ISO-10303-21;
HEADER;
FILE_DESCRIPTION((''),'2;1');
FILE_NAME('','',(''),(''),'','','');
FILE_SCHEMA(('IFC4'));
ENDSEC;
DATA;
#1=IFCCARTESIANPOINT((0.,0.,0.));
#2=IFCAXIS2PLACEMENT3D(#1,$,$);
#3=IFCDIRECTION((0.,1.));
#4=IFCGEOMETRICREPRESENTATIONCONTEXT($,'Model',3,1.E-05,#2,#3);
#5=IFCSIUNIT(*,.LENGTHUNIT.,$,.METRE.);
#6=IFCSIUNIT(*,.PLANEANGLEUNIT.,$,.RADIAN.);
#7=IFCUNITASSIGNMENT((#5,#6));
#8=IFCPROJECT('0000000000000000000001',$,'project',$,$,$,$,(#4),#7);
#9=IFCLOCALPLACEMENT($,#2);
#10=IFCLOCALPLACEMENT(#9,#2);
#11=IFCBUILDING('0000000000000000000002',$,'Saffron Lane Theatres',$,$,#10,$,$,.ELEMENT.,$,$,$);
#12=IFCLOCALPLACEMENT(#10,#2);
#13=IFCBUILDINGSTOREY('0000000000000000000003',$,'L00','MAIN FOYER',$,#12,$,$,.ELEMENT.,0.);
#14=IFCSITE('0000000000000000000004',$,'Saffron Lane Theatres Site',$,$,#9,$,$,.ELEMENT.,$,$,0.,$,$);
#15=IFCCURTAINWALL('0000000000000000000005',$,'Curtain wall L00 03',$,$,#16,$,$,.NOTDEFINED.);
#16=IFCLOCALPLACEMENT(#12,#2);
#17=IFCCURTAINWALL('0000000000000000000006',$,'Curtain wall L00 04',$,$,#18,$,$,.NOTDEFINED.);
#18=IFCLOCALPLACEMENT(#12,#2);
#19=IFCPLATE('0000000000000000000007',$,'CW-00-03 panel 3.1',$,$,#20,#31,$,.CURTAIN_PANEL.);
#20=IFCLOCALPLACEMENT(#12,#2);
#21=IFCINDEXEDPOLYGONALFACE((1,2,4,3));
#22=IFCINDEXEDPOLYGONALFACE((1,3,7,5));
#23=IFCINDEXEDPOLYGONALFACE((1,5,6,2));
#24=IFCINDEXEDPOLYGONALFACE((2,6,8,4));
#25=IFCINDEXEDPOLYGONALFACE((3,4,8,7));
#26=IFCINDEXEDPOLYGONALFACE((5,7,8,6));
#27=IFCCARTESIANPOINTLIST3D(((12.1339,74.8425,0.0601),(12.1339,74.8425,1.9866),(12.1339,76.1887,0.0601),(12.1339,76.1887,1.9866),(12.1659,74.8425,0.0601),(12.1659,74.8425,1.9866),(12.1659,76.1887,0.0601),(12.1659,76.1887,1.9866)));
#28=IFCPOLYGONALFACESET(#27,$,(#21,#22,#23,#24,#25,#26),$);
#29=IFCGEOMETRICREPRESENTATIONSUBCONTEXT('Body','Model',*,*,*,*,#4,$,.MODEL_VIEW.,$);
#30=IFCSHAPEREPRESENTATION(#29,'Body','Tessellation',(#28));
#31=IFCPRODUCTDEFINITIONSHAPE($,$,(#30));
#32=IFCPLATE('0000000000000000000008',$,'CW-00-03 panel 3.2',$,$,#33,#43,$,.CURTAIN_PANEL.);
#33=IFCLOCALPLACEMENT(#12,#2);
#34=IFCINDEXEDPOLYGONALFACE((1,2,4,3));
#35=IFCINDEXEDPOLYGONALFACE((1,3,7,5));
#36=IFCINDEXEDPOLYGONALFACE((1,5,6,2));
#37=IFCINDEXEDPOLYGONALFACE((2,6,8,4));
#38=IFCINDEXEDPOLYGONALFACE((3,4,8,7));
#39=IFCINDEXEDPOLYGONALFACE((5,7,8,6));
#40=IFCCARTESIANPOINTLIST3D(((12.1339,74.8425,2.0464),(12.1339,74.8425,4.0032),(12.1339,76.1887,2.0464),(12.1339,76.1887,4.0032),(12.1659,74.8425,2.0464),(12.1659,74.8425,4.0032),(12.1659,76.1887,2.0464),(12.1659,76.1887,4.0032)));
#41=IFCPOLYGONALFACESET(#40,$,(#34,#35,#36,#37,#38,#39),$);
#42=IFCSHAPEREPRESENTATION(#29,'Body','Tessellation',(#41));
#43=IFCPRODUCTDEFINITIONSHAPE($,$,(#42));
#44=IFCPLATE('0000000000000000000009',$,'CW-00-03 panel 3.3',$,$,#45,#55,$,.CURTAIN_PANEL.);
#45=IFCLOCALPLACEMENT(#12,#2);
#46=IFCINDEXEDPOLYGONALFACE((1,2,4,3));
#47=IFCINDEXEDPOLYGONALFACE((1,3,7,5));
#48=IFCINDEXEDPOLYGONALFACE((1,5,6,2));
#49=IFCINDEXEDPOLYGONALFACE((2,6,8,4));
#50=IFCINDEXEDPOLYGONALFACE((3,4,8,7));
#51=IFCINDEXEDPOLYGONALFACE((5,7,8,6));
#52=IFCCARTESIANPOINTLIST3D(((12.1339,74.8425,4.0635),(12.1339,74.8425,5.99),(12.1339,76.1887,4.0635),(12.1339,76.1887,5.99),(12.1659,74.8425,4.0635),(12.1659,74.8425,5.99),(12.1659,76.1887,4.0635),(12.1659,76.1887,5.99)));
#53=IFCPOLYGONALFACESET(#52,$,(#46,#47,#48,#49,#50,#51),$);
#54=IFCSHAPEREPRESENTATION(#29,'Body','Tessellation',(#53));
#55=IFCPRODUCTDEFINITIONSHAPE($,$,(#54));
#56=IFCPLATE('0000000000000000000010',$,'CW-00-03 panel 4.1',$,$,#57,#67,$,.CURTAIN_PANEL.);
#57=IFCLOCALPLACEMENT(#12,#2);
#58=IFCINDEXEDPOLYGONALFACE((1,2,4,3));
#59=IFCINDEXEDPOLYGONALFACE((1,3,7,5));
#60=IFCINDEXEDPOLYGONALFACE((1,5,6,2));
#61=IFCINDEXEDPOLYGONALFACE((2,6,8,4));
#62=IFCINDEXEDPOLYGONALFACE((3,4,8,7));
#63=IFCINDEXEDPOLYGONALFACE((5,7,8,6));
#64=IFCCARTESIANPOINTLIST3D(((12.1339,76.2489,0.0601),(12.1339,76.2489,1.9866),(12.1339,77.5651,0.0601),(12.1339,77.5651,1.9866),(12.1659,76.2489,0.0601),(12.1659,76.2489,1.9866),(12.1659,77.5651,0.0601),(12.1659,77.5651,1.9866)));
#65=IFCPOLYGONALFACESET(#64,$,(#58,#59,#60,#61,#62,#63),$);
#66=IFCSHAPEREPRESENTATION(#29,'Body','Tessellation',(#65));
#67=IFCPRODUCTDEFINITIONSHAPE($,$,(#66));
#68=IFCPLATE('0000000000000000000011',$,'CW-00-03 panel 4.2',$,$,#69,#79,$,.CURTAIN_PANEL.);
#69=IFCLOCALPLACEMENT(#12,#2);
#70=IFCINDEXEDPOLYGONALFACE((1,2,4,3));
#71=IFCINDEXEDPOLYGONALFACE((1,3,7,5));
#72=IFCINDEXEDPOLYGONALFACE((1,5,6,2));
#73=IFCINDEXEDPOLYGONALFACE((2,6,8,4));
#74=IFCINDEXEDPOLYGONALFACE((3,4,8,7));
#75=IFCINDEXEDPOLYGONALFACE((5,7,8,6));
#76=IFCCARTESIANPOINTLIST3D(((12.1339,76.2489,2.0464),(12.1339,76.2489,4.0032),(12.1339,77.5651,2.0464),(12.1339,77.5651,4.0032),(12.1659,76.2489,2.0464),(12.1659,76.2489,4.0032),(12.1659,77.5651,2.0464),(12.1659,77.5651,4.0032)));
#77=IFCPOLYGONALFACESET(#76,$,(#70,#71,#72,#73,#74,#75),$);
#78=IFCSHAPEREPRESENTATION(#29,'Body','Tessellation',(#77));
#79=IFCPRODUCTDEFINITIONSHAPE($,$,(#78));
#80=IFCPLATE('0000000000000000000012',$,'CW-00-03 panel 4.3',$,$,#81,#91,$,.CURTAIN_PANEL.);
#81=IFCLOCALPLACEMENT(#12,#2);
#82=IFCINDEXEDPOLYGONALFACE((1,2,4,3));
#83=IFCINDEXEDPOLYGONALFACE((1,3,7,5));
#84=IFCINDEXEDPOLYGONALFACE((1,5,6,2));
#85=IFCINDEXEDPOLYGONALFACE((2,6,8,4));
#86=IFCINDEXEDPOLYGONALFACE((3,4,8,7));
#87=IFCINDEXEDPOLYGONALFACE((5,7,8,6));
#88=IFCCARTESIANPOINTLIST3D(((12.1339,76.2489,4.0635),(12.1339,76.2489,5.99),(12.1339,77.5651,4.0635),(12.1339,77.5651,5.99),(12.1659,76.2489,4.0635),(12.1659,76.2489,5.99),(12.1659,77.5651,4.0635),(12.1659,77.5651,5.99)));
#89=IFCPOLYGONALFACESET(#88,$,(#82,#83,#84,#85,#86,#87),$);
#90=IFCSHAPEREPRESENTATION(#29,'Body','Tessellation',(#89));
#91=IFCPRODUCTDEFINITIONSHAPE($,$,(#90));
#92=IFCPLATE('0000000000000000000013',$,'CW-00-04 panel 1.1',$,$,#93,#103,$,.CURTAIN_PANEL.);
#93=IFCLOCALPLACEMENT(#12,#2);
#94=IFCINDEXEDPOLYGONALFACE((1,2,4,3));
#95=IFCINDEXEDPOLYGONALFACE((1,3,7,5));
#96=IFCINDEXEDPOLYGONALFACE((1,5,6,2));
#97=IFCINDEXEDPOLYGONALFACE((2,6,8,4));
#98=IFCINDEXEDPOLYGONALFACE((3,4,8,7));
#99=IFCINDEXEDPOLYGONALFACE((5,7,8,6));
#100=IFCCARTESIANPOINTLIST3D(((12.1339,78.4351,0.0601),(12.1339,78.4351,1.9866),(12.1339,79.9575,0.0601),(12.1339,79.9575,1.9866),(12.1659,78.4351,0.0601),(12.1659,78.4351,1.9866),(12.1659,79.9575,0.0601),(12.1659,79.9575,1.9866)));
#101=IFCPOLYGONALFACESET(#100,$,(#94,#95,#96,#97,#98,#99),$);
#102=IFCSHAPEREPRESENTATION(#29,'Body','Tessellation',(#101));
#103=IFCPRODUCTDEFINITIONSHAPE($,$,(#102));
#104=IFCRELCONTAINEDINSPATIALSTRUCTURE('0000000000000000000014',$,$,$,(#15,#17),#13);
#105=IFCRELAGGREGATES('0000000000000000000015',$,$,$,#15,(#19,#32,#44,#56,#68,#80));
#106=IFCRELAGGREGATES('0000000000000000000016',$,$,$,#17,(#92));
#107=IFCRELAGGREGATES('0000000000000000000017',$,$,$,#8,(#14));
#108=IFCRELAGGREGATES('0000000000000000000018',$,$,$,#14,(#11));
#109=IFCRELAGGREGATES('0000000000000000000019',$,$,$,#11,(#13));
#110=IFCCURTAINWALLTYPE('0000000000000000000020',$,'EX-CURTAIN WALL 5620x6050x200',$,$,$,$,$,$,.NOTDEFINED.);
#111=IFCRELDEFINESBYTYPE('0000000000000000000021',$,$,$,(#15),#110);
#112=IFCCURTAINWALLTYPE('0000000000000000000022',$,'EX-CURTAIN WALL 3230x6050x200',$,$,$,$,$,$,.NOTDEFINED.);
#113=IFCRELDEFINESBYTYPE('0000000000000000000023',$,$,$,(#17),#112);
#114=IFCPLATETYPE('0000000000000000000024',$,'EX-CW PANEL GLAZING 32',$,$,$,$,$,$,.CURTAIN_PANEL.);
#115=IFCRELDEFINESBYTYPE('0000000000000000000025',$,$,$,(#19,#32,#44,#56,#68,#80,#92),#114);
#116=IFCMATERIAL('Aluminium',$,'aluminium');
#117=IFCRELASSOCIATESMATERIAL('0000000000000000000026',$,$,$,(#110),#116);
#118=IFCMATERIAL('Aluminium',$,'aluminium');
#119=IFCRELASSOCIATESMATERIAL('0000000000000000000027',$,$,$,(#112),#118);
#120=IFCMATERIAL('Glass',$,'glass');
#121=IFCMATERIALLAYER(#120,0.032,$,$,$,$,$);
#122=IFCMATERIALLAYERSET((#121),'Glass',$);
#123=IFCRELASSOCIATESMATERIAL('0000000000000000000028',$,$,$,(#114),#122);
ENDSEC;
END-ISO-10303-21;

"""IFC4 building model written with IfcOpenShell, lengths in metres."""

from ifc_helpers import new_model, si_unit, direction, frame, origin, origin_2d, place, context, subcontext, project, spatial, rectangle, extrude, material, layer, layer_set, type_object, element, aggregate, save


model = new_model("IFC4")

# Units and contexts
model_context = context("Model", 3, precision=1e-05, world=origin(), true_north=direction((0.0, 1.0)))
body_context = subcontext(model_context, "Body", "Model", "MODEL_VIEW")
ifc_project = project(units=[si_unit("LENGTHUNIT", "METRE"), si_unit("PLANEANGLEUNIT", "RADIAN")], contexts=[model_context])

# Site, building, storey
site_placement = place(None, origin())
site = spatial("IfcSite", under=ifc_project, at=site_placement, Name="Saffron Lane Theatres Site", CompositionType="ELEMENT", RefElevation=0.0)
building_placement = place(site_placement, origin())
building = spatial("IfcBuilding", under=site, at=building_placement, Name="Saffron Lane Theatres", CompositionType="ELEMENT")
storey_placement = place(building_placement, origin())
storey = spatial("IfcBuildingStorey", under=building, at=storey_placement, Name="L00", Description="MAIN FOYER", CompositionType="ELEMENT", Elevation=0.0)

# Curtain wall
ifc_material_1 = material(Name="Aluminium", Category="aluminium")
curtain_wall_type_1 = type_object("IfcCurtainWallType", Name="EX-CURTAIN WALL 5620x6050x200", PredefinedType="NOTDEFINED", material=ifc_material_1)
curtain_wall_1_placement = place(storey_placement, origin())
curtain_wall_1 = element("IfcCurtainWall", 1, at=curtain_wall_1_placement, inside=storey, type_object=curtain_wall_type_1, Name="Curtain wall L00 03", PredefinedType="NOTDEFINED")

# Curtain wall
ifc_material_2 = material(Name="Aluminium", Category="aluminium")
curtain_wall_type_2 = type_object("IfcCurtainWallType", Name="EX-CURTAIN WALL 3230x6050x200", PredefinedType="NOTDEFINED", material=ifc_material_2)
curtain_wall_2_placement = place(storey_placement, origin())
curtain_wall_2 = element("IfcCurtainWall", 2, at=curtain_wall_2_placement, inside=storey, type_object=curtain_wall_type_2, Name="Curtain wall L00 04", PredefinedType="NOTDEFINED")

# Plates
ifc_material_3 = material(Name="Glass", Category="glass")
ifc_layer = layer(ifc_material_3, 0.032)
ifc_layer_set = layer_set([ifc_layer], Name="Glass")
plate_type = type_object("IfcPlateType", Name="EX-CW PANEL GLAZING 32", PredefinedType="CURTAIN_PANEL", material=ifc_layer_set)
plate_1_placement = place(storey_placement, frame((12.1499, 75.5156, 0.0601), z_axis=(0.0, 0.0, 1.0), x_axis=(0.0, 1.0, 0.0)))
plate_1 = element("IfcPlate", 3, at=plate_1_placement, type_object=plate_type, Name="CW-00-03 panel 3.1", PredefinedType="CURTAIN_PANEL", context=body_context, shape_type="SweptSolid", body=[
    extrude(rectangle(XDim=1.3462, YDim=0.032, at=origin_2d()), origin(), (0.0, 0.0, 1.0), 1.9265),
])
plate_2_placement = place(storey_placement, frame((12.1499, 75.5156, 2.0464), z_axis=(0.0, 0.0, 1.0), x_axis=(0.0, 1.0, 0.0)))
plate_2 = element("IfcPlate", 4, at=plate_2_placement, type_object=plate_type, Name="CW-00-03 panel 3.2", PredefinedType="CURTAIN_PANEL", context=body_context, shape_type="SweptSolid", body=[
    extrude(rectangle(XDim=1.3462, YDim=0.032, at=origin_2d()), origin(), (0.0, 0.0, 1.0), 1.9568),
])
plate_3_placement = place(storey_placement, frame((12.1499, 75.5156, 4.0635), z_axis=(0.0, 0.0, 1.0), x_axis=(0.0, 1.0, 0.0)))
plate_3 = element("IfcPlate", 5, at=plate_3_placement, type_object=plate_type, Name="CW-00-03 panel 3.3", PredefinedType="CURTAIN_PANEL", context=body_context, shape_type="SweptSolid", body=[
    extrude(rectangle(XDim=1.3462, YDim=0.032, at=origin_2d()), origin(), (0.0, 0.0, 1.0), 1.9265),
])
plate_4_placement = place(storey_placement, frame((12.1499, 76.907, 0.0601), z_axis=(0.0, 0.0, 1.0), x_axis=(0.0, 1.0, 0.0)))
plate_4 = element("IfcPlate", 6, at=plate_4_placement, type_object=plate_type, Name="CW-00-03 panel 4.1", PredefinedType="CURTAIN_PANEL", context=body_context, shape_type="SweptSolid", body=[
    extrude(rectangle(XDim=1.3162, YDim=0.032, at=origin_2d()), origin(), (0.0, 0.0, 1.0), 1.9265),
])
plate_5_placement = place(storey_placement, frame((12.1499, 76.907, 2.0464), z_axis=(0.0, 0.0, 1.0), x_axis=(0.0, 1.0, 0.0)))
plate_5 = element("IfcPlate", 7, at=plate_5_placement, type_object=plate_type, Name="CW-00-03 panel 4.2", PredefinedType="CURTAIN_PANEL", context=body_context, shape_type="SweptSolid", body=[
    extrude(rectangle(XDim=1.3162, YDim=0.032, at=origin_2d()), origin(), (0.0, 0.0, 1.0), 1.9568),
])
plate_6_placement = place(storey_placement, frame((12.1499, 76.907, 4.0635), z_axis=(0.0, 0.0, 1.0), x_axis=(0.0, 1.0, 0.0)))
plate_6 = element("IfcPlate", 8, at=plate_6_placement, type_object=plate_type, Name="CW-00-03 panel 4.3", PredefinedType="CURTAIN_PANEL", context=body_context, shape_type="SweptSolid", body=[
    extrude(rectangle(XDim=1.3162, YDim=0.032, at=origin_2d()), origin(), (0.0, 0.0, 1.0), 1.9265),
])
aggregate(curtain_wall_1, [plate_1, plate_2, plate_3, plate_4, plate_5, plate_6])
plate_7_placement = place(storey_placement, frame((12.1499, 79.1963, 0.0601), z_axis=(0.0, 0.0, 1.0), x_axis=(0.0, 1.0, 0.0)))
plate_7 = element("IfcPlate", 9, at=plate_7_placement, type_object=plate_type, Name="CW-00-04 panel 1.1", PredefinedType="CURTAIN_PANEL", context=body_context, shape_type="SweptSolid", body=[
    extrude(rectangle(XDim=1.5225, YDim=0.032, at=origin_2d()), origin(), (0.0, 0.0, 1.0), 1.9265),
])
aggregate(curtain_wall_2, [plate_7])

save(model, "model.ifc")
